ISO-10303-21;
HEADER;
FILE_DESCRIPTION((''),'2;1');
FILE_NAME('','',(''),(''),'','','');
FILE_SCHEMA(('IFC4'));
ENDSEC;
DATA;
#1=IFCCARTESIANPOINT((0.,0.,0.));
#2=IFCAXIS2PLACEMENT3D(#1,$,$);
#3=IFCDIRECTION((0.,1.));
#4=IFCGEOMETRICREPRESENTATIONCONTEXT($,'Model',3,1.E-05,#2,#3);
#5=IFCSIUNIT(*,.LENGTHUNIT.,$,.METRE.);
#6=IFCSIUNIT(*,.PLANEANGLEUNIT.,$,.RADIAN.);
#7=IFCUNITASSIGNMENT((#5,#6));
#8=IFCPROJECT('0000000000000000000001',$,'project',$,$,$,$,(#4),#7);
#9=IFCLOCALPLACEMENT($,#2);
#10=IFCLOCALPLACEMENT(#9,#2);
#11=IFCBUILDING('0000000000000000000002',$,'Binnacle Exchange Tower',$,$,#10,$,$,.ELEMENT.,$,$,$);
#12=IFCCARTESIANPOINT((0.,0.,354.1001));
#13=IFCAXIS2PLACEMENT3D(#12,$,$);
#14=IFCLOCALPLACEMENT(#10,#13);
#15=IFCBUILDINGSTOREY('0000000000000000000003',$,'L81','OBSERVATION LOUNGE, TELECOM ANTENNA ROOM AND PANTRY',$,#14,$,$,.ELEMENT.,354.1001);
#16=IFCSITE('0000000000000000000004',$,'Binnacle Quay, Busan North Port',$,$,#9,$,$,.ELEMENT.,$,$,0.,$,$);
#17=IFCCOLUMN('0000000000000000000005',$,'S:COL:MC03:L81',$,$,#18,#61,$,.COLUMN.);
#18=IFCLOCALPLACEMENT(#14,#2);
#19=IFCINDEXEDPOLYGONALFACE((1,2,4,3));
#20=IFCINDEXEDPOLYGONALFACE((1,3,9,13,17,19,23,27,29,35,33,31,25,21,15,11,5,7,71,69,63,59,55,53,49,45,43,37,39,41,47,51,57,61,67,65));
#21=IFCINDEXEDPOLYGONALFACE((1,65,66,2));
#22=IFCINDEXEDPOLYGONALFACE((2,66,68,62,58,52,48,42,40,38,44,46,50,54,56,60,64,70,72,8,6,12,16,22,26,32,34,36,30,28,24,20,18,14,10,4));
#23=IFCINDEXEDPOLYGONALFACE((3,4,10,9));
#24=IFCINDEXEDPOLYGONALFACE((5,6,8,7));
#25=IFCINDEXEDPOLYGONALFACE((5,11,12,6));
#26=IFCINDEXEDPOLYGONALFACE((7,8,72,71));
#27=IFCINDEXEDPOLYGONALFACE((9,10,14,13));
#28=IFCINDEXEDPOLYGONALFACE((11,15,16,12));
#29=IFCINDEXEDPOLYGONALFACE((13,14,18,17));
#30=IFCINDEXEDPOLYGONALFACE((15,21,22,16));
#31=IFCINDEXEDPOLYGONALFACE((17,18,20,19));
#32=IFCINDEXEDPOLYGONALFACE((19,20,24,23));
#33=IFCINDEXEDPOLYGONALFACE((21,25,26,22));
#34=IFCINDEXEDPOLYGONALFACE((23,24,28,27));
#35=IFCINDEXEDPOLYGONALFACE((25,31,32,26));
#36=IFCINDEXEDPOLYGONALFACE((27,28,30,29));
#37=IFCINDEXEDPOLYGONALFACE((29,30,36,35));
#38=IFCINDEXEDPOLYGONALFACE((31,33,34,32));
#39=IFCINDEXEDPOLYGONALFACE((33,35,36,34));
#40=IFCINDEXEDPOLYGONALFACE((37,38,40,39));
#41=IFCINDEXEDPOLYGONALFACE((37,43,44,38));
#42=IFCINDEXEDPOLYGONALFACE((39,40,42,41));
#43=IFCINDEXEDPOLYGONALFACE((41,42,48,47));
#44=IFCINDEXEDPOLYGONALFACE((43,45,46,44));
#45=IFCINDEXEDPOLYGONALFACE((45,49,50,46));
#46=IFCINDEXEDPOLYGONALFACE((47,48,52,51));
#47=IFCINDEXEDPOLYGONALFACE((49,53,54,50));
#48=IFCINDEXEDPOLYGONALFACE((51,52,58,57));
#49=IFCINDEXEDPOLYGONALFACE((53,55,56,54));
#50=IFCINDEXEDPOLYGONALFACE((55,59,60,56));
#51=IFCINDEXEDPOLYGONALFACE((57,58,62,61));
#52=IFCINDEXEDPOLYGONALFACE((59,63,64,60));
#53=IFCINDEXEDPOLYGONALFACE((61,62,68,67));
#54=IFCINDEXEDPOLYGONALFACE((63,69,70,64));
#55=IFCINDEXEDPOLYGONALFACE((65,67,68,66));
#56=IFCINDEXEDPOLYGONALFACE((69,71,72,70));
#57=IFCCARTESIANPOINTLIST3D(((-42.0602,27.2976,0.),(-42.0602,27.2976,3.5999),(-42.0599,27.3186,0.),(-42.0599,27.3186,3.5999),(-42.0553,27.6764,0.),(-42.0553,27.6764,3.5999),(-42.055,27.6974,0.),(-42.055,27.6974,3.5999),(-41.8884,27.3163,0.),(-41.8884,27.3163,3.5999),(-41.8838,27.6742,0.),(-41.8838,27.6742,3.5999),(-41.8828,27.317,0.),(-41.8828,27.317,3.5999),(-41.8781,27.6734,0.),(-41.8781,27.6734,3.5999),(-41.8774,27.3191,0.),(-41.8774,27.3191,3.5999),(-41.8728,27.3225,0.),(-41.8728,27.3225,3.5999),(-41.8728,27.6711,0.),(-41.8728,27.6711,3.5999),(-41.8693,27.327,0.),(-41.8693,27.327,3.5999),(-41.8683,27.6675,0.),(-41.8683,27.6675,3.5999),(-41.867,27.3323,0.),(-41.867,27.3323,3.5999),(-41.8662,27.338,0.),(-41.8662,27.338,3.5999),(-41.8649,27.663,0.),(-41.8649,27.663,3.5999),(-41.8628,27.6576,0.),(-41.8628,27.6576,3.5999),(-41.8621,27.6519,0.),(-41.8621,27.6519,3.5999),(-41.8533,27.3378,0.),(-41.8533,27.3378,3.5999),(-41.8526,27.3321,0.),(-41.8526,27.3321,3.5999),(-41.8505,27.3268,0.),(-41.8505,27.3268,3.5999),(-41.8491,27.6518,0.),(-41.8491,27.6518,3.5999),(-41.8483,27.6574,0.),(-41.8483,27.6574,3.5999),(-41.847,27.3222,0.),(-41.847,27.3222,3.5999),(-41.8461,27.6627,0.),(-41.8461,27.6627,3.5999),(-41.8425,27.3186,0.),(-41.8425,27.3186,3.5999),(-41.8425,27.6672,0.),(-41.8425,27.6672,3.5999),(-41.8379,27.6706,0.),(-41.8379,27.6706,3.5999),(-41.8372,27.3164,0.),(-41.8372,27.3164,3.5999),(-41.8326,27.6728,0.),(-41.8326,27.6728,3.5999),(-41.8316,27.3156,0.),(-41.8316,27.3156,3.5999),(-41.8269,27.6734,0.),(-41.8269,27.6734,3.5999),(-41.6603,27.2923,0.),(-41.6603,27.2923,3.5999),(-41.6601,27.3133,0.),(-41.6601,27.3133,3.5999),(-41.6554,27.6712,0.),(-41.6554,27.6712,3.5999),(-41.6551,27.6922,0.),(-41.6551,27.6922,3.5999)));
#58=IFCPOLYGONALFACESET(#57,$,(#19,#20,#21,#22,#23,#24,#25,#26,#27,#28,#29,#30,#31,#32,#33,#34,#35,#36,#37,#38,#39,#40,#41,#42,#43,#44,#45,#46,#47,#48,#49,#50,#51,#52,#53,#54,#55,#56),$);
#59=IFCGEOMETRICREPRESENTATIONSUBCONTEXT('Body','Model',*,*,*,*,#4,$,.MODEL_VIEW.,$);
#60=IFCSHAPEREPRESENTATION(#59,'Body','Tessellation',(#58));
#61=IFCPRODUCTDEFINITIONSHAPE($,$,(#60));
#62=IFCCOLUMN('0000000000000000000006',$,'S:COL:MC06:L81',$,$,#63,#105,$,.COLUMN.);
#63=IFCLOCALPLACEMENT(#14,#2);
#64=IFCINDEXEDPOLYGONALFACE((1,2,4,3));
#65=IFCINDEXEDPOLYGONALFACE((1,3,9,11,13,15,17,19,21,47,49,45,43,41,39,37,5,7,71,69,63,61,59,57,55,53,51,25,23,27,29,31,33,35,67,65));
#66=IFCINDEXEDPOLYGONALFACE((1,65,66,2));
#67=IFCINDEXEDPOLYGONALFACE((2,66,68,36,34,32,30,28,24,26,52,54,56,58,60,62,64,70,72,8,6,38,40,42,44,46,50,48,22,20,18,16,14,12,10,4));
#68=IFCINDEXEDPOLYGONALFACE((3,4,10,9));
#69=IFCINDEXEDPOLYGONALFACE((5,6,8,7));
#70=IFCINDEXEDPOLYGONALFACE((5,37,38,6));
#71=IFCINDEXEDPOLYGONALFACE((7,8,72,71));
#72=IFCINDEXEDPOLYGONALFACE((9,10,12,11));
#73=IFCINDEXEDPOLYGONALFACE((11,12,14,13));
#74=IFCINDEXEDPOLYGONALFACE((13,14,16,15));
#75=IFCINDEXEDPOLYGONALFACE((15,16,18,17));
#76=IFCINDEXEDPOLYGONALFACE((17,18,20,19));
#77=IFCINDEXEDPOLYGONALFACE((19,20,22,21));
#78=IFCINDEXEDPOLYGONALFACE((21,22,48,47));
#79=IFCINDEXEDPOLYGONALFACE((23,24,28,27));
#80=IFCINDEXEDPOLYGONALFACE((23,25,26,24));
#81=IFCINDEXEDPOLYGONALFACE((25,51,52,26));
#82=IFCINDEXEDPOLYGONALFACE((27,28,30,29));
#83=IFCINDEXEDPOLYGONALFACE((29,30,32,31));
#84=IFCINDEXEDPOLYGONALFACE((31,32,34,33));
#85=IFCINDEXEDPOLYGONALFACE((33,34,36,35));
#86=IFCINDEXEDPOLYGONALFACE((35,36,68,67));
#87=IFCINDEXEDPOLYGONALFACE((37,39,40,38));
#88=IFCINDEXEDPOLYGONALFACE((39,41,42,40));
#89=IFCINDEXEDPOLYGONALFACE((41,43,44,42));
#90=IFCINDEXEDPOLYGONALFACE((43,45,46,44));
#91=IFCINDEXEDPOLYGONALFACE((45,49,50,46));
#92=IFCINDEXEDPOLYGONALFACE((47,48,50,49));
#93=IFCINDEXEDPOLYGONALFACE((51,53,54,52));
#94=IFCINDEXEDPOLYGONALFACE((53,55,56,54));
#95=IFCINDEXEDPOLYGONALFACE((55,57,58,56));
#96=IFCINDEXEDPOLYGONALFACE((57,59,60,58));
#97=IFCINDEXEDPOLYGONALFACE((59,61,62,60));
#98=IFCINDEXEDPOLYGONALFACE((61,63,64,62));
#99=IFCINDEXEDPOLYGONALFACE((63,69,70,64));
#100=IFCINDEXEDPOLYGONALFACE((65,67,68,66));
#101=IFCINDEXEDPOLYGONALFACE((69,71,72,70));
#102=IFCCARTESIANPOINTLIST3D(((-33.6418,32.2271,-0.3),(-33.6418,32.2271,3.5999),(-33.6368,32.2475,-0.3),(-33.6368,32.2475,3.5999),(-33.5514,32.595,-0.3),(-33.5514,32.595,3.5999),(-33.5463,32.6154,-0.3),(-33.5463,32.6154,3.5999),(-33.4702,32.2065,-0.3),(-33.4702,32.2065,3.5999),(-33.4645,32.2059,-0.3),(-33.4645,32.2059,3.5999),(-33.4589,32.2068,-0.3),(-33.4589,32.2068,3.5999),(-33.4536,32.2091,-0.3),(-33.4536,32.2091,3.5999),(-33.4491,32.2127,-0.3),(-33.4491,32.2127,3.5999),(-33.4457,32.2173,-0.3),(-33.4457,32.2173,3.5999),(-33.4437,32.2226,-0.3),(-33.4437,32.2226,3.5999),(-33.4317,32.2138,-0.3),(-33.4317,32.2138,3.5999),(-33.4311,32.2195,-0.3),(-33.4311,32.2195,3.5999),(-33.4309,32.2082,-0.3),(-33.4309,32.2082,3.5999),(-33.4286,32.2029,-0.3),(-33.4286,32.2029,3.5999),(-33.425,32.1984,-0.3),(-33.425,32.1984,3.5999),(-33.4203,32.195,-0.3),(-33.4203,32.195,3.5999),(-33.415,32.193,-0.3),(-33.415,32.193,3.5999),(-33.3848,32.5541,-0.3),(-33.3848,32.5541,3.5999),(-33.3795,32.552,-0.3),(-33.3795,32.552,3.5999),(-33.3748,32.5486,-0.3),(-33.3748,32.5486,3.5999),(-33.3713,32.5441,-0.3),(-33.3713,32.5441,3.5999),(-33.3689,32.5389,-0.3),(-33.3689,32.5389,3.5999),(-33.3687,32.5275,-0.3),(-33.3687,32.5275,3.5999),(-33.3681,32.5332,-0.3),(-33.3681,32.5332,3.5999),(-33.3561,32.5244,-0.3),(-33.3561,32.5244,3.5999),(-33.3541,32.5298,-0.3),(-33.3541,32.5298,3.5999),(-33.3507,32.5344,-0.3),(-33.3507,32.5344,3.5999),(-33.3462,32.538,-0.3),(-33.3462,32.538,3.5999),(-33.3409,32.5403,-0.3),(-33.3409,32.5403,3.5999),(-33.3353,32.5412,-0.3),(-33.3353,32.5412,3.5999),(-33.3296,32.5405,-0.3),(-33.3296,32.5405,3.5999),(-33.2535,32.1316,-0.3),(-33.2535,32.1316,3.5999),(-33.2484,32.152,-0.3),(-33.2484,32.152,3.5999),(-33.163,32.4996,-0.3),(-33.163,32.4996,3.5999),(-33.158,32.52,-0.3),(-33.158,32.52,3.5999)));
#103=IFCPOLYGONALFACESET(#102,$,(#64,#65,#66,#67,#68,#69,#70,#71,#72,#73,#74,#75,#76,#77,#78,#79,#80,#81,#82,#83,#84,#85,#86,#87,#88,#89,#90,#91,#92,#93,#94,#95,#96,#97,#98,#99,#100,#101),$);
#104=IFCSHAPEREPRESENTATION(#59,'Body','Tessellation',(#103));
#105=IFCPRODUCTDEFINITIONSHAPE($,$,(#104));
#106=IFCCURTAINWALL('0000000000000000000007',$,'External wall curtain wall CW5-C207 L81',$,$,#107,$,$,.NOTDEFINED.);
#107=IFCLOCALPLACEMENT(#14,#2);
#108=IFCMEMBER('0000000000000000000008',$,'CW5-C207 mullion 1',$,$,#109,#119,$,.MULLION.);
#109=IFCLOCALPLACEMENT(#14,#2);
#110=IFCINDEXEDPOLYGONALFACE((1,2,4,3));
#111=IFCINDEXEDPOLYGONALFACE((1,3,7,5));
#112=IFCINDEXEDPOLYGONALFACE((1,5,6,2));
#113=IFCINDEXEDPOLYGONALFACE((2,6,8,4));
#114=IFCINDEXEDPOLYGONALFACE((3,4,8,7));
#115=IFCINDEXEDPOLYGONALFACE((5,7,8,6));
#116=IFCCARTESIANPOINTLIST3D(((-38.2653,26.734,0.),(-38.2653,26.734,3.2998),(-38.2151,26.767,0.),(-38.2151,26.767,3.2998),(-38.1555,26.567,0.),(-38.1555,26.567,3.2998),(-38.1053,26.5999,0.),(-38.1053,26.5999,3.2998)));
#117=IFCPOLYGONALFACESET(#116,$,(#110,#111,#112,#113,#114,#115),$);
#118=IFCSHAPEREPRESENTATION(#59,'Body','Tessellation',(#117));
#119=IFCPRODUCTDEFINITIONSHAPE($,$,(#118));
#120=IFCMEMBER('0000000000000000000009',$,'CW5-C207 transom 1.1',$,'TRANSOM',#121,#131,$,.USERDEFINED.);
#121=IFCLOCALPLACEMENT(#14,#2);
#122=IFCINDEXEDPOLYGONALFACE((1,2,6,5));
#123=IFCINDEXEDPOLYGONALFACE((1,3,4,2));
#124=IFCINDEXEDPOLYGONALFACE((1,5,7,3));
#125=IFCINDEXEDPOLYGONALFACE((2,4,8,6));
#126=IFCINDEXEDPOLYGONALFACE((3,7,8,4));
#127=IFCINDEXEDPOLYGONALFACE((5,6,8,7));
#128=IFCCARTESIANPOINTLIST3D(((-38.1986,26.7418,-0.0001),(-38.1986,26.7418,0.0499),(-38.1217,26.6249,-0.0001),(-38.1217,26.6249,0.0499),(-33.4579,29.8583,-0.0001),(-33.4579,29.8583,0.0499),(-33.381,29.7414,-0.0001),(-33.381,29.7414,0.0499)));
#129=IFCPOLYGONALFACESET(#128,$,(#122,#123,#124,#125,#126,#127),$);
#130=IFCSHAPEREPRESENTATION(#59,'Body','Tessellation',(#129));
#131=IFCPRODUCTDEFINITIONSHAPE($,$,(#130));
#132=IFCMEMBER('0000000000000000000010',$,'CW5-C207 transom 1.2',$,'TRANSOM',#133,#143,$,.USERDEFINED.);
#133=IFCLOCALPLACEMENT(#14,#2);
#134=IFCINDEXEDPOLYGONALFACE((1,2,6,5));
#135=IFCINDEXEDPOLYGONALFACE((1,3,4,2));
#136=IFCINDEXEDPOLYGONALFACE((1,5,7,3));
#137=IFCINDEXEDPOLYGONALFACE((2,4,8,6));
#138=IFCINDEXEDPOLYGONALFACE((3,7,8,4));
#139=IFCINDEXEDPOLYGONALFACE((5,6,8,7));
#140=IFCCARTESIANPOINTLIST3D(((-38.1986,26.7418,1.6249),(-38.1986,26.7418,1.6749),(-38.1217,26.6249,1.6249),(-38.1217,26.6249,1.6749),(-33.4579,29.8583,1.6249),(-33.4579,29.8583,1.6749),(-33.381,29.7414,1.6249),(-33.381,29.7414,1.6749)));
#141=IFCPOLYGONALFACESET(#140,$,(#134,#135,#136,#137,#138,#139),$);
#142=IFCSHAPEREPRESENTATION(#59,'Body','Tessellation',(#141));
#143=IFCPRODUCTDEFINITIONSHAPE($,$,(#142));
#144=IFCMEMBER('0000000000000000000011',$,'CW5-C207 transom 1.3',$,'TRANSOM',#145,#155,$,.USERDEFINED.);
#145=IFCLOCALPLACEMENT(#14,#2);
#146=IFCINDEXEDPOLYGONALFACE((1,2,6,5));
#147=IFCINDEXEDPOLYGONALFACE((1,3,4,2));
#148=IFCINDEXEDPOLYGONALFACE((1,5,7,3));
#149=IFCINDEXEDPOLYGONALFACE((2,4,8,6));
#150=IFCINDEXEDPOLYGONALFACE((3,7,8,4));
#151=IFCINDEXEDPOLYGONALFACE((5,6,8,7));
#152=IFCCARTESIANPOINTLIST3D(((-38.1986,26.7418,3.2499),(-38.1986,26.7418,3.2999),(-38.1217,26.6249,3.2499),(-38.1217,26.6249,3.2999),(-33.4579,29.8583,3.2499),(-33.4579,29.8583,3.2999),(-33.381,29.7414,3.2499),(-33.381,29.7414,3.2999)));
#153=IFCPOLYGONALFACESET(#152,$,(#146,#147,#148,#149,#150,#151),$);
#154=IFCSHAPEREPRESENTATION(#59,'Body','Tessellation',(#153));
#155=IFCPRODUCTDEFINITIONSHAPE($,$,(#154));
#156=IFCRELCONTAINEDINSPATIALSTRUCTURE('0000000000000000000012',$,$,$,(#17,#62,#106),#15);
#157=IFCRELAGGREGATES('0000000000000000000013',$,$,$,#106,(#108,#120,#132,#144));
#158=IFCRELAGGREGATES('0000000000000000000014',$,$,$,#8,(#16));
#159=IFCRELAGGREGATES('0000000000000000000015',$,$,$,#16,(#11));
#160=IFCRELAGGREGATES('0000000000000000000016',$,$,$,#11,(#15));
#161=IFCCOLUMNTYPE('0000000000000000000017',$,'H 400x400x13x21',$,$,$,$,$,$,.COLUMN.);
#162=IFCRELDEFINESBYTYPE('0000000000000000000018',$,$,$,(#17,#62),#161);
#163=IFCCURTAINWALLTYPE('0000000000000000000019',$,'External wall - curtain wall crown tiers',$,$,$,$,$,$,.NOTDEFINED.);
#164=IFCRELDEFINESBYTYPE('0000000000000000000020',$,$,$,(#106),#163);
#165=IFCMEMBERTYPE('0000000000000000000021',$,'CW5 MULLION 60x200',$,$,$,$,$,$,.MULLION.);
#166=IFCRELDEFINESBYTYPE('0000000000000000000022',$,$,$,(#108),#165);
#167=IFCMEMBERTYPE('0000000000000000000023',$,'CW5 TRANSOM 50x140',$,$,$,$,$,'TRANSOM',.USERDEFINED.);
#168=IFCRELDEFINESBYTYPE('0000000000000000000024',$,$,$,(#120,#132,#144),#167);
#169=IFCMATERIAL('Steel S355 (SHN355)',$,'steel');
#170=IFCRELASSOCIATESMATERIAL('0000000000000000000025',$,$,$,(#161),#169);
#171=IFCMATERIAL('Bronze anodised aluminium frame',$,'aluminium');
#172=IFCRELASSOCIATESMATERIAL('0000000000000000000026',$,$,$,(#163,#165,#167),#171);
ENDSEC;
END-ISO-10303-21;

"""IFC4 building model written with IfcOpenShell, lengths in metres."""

from ifc_helpers import new_model, si_unit, direction, frame, origin, origin_2d, place, context, subcontext, project, spatial, rectangle, i_section, extrude, material, material_profile, profile_set, type_object, element, aggregate, save


model = new_model("IFC4")

# Units and contexts
model_context = context("Model", 3, precision=1e-05, world=origin(), true_north=direction((0.0, 1.0)))
body_context = subcontext(model_context, "Body", "Model", "MODEL_VIEW")
ifc_project = project(units=[si_unit("LENGTHUNIT", "METRE"), si_unit("PLANEANGLEUNIT", "RADIAN")], contexts=[model_context])

# Site, building, storey
site_placement = place(None, origin())
site = spatial("IfcSite", under=ifc_project, at=site_placement, Name="Binnacle Quay, Busan North Port", CompositionType="ELEMENT", RefElevation=0.0)
building_placement = place(site_placement, origin())
building = spatial("IfcBuilding", under=site, at=building_placement, Name="Binnacle Exchange Tower", CompositionType="ELEMENT")
storey_placement = place(building_placement, frame((0.0, 0.0, 354.1001)))
storey = spatial("IfcBuildingStorey", under=building, at=storey_placement, Name="L81", Description="OBSERVATION LOUNGE, TELECOM ANTENNA ROOM AND PANTRY", CompositionType="ELEMENT", Elevation=354.1001)

# Columns
ifc_material_1 = material(Name="Steel S355 (SHN355)", Category="steel")
ifc_material_profile_1 = material_profile(ifc_material_1, i_section(OverallWidth=0.3999, OverallDepth=0.3999, WebThickness=0.0129, FlangeThickness=0.021, FilletRadius=0.022, at=origin_2d()), Name="H 400x400x13x21")
ifc_profile_set_1 = profile_set([ifc_material_profile_1], Name="Steel S355 (SHN355)")
column_type = type_object("IfcColumnType", Name="H 400x400x13x21", PredefinedType="COLUMN", material=ifc_profile_set_1)
column_1_placement = place(storey_placement, frame((-41.8577, 27.4949, 0.0), z_axis=(0.0, 0.0, 1.0), x_axis=(0.999914, -0.01309, 0.0)))
element("IfcColumn", 1, at=column_1_placement, inside=storey, type_object=column_type, Name="S:COL:MC03:L81", PredefinedType="COLUMN", context=body_context, shape_type="SweptSolid", body=[
    extrude(i_section(OverallWidth=0.3999, OverallDepth=0.3999, WebThickness=0.0129, FlangeThickness=0.021, FilletRadius=0.022, at=origin_2d()), origin(), (0.0, 0.0, 1.0), 3.5999),
])
column_2_placement = place(storey_placement, frame((-33.3999, 32.3735, -0.3), z_axis=(0.0, 0.0, 1.0), x_axis=(-0.971093, 0.238703, 0.0)))
element("IfcColumn", 2, at=column_2_placement, inside=storey, type_object=column_type, Name="S:COL:MC06:L81", PredefinedType="COLUMN", context=body_context, shape_type="SweptSolid", body=[
    extrude(i_section(OverallWidth=0.3999, OverallDepth=0.3999, WebThickness=0.0129, FlangeThickness=0.021, FilletRadius=0.022, at=origin_2d()), origin(), (0.0, 0.0, 1.0), 3.8999),
])

# Curtain wall, members
ifc_material_2 = material(Name="Bronze anodised aluminium frame", Category="aluminium")
curtain_wall_type = type_object("IfcCurtainWallType", Name="External wall - curtain wall crown tiers", PredefinedType="NOTDEFINED", material=ifc_material_2)
curtain_wall_placement = place(storey_placement, origin())
curtain_wall = element("IfcCurtainWall", 3, at=curtain_wall_placement, inside=storey, type_object=curtain_wall_type, Name="External wall curtain wall CW5-C207 L81", PredefinedType="NOTDEFINED")
ifc_material_profile_2 = material_profile(ifc_material_2, rectangle(XDim=0.2, YDim=0.0601, at=origin_2d()), Name="AL 60x200")
ifc_profile_set_2 = profile_set([ifc_material_profile_2], Name="Bronze anodised aluminium frame")
member_type_1 = type_object("IfcMemberType", Name="CW5 MULLION 60x200", PredefinedType="MULLION", material=ifc_profile_set_2)
member_1_placement = place(storey_placement, frame((-38.1853, 26.667, 0.0), z_axis=(0.0, 0.0, 1.0), x_axis=(-0.54931, 0.835618, 0.0)))
member_1 = element("IfcMember", 4, at=member_1_placement, type_object=member_type_1, Name="CW5-C207 mullion 1", PredefinedType="MULLION", context=body_context, shape_type="SweptSolid", body=[
    extrude(rectangle(XDim=0.2, YDim=0.0601, at=origin_2d()), origin(), (0.0, 0.0, 1.0), 3.2998),
])
ifc_material_profile_3 = material_profile(ifc_material_2, rectangle(XDim=0.1399, YDim=0.05, at=origin_2d()), Name="AL 140x50")
ifc_profile_set_3 = profile_set([ifc_material_profile_3], Name="Bronze anodised aluminium frame")
member_type_2 = type_object("IfcMemberType", Name="CW5 TRANSOM 50x140", ElementType="TRANSOM", PredefinedType="USERDEFINED", material=ifc_profile_set_3)
member_2_placement = place(storey_placement, frame((-38.1602, 26.6833, 0.0249), z_axis=(0.835615, 0.549316, 0.0), x_axis=(-0.549316, 0.835615, 0.0)))
member_2 = element("IfcMember", 5, at=member_2_placement, type_object=member_type_2, Name="CW5-C207 transom 1.1", ObjectType="TRANSOM", PredefinedType="USERDEFINED", context=body_context, shape_type="SweptSolid", body=[
    extrude(rectangle(XDim=0.1399, YDim=0.05, at=origin_2d()), origin(), (0.0, 0.0, 1.0), 5.6733),
])
member_3_placement = place(storey_placement, frame((-38.1602, 26.6833, 1.6499), z_axis=(0.835615, 0.549316, 0.0), x_axis=(-0.549316, 0.835615, 0.0)))
member_3 = element("IfcMember", 6, at=member_3_placement, type_object=member_type_2, Name="CW5-C207 transom 1.2", ObjectType="TRANSOM", PredefinedType="USERDEFINED", context=body_context, shape_type="SweptSolid", body=[
    extrude(rectangle(XDim=0.1399, YDim=0.05, at=origin_2d()), origin(), (0.0, 0.0, 1.0), 5.6733),
])
member_4_placement = place(storey_placement, frame((-38.1602, 26.6833, 3.2749), z_axis=(0.835615, 0.549316, 0.0), x_axis=(-0.549316, 0.835615, 0.0)))
member_4 = element("IfcMember", 7, at=member_4_placement, type_object=member_type_2, Name="CW5-C207 transom 1.3", ObjectType="TRANSOM", PredefinedType="USERDEFINED", context=body_context, shape_type="SweptSolid", body=[
    extrude(rectangle(XDim=0.1399, YDim=0.05, at=origin_2d()), origin(), (0.0, 0.0, 1.0), 5.6733),
])

aggregate(curtain_wall, [member_1, member_2, member_3, member_4])

save(model, "model.ifc")
